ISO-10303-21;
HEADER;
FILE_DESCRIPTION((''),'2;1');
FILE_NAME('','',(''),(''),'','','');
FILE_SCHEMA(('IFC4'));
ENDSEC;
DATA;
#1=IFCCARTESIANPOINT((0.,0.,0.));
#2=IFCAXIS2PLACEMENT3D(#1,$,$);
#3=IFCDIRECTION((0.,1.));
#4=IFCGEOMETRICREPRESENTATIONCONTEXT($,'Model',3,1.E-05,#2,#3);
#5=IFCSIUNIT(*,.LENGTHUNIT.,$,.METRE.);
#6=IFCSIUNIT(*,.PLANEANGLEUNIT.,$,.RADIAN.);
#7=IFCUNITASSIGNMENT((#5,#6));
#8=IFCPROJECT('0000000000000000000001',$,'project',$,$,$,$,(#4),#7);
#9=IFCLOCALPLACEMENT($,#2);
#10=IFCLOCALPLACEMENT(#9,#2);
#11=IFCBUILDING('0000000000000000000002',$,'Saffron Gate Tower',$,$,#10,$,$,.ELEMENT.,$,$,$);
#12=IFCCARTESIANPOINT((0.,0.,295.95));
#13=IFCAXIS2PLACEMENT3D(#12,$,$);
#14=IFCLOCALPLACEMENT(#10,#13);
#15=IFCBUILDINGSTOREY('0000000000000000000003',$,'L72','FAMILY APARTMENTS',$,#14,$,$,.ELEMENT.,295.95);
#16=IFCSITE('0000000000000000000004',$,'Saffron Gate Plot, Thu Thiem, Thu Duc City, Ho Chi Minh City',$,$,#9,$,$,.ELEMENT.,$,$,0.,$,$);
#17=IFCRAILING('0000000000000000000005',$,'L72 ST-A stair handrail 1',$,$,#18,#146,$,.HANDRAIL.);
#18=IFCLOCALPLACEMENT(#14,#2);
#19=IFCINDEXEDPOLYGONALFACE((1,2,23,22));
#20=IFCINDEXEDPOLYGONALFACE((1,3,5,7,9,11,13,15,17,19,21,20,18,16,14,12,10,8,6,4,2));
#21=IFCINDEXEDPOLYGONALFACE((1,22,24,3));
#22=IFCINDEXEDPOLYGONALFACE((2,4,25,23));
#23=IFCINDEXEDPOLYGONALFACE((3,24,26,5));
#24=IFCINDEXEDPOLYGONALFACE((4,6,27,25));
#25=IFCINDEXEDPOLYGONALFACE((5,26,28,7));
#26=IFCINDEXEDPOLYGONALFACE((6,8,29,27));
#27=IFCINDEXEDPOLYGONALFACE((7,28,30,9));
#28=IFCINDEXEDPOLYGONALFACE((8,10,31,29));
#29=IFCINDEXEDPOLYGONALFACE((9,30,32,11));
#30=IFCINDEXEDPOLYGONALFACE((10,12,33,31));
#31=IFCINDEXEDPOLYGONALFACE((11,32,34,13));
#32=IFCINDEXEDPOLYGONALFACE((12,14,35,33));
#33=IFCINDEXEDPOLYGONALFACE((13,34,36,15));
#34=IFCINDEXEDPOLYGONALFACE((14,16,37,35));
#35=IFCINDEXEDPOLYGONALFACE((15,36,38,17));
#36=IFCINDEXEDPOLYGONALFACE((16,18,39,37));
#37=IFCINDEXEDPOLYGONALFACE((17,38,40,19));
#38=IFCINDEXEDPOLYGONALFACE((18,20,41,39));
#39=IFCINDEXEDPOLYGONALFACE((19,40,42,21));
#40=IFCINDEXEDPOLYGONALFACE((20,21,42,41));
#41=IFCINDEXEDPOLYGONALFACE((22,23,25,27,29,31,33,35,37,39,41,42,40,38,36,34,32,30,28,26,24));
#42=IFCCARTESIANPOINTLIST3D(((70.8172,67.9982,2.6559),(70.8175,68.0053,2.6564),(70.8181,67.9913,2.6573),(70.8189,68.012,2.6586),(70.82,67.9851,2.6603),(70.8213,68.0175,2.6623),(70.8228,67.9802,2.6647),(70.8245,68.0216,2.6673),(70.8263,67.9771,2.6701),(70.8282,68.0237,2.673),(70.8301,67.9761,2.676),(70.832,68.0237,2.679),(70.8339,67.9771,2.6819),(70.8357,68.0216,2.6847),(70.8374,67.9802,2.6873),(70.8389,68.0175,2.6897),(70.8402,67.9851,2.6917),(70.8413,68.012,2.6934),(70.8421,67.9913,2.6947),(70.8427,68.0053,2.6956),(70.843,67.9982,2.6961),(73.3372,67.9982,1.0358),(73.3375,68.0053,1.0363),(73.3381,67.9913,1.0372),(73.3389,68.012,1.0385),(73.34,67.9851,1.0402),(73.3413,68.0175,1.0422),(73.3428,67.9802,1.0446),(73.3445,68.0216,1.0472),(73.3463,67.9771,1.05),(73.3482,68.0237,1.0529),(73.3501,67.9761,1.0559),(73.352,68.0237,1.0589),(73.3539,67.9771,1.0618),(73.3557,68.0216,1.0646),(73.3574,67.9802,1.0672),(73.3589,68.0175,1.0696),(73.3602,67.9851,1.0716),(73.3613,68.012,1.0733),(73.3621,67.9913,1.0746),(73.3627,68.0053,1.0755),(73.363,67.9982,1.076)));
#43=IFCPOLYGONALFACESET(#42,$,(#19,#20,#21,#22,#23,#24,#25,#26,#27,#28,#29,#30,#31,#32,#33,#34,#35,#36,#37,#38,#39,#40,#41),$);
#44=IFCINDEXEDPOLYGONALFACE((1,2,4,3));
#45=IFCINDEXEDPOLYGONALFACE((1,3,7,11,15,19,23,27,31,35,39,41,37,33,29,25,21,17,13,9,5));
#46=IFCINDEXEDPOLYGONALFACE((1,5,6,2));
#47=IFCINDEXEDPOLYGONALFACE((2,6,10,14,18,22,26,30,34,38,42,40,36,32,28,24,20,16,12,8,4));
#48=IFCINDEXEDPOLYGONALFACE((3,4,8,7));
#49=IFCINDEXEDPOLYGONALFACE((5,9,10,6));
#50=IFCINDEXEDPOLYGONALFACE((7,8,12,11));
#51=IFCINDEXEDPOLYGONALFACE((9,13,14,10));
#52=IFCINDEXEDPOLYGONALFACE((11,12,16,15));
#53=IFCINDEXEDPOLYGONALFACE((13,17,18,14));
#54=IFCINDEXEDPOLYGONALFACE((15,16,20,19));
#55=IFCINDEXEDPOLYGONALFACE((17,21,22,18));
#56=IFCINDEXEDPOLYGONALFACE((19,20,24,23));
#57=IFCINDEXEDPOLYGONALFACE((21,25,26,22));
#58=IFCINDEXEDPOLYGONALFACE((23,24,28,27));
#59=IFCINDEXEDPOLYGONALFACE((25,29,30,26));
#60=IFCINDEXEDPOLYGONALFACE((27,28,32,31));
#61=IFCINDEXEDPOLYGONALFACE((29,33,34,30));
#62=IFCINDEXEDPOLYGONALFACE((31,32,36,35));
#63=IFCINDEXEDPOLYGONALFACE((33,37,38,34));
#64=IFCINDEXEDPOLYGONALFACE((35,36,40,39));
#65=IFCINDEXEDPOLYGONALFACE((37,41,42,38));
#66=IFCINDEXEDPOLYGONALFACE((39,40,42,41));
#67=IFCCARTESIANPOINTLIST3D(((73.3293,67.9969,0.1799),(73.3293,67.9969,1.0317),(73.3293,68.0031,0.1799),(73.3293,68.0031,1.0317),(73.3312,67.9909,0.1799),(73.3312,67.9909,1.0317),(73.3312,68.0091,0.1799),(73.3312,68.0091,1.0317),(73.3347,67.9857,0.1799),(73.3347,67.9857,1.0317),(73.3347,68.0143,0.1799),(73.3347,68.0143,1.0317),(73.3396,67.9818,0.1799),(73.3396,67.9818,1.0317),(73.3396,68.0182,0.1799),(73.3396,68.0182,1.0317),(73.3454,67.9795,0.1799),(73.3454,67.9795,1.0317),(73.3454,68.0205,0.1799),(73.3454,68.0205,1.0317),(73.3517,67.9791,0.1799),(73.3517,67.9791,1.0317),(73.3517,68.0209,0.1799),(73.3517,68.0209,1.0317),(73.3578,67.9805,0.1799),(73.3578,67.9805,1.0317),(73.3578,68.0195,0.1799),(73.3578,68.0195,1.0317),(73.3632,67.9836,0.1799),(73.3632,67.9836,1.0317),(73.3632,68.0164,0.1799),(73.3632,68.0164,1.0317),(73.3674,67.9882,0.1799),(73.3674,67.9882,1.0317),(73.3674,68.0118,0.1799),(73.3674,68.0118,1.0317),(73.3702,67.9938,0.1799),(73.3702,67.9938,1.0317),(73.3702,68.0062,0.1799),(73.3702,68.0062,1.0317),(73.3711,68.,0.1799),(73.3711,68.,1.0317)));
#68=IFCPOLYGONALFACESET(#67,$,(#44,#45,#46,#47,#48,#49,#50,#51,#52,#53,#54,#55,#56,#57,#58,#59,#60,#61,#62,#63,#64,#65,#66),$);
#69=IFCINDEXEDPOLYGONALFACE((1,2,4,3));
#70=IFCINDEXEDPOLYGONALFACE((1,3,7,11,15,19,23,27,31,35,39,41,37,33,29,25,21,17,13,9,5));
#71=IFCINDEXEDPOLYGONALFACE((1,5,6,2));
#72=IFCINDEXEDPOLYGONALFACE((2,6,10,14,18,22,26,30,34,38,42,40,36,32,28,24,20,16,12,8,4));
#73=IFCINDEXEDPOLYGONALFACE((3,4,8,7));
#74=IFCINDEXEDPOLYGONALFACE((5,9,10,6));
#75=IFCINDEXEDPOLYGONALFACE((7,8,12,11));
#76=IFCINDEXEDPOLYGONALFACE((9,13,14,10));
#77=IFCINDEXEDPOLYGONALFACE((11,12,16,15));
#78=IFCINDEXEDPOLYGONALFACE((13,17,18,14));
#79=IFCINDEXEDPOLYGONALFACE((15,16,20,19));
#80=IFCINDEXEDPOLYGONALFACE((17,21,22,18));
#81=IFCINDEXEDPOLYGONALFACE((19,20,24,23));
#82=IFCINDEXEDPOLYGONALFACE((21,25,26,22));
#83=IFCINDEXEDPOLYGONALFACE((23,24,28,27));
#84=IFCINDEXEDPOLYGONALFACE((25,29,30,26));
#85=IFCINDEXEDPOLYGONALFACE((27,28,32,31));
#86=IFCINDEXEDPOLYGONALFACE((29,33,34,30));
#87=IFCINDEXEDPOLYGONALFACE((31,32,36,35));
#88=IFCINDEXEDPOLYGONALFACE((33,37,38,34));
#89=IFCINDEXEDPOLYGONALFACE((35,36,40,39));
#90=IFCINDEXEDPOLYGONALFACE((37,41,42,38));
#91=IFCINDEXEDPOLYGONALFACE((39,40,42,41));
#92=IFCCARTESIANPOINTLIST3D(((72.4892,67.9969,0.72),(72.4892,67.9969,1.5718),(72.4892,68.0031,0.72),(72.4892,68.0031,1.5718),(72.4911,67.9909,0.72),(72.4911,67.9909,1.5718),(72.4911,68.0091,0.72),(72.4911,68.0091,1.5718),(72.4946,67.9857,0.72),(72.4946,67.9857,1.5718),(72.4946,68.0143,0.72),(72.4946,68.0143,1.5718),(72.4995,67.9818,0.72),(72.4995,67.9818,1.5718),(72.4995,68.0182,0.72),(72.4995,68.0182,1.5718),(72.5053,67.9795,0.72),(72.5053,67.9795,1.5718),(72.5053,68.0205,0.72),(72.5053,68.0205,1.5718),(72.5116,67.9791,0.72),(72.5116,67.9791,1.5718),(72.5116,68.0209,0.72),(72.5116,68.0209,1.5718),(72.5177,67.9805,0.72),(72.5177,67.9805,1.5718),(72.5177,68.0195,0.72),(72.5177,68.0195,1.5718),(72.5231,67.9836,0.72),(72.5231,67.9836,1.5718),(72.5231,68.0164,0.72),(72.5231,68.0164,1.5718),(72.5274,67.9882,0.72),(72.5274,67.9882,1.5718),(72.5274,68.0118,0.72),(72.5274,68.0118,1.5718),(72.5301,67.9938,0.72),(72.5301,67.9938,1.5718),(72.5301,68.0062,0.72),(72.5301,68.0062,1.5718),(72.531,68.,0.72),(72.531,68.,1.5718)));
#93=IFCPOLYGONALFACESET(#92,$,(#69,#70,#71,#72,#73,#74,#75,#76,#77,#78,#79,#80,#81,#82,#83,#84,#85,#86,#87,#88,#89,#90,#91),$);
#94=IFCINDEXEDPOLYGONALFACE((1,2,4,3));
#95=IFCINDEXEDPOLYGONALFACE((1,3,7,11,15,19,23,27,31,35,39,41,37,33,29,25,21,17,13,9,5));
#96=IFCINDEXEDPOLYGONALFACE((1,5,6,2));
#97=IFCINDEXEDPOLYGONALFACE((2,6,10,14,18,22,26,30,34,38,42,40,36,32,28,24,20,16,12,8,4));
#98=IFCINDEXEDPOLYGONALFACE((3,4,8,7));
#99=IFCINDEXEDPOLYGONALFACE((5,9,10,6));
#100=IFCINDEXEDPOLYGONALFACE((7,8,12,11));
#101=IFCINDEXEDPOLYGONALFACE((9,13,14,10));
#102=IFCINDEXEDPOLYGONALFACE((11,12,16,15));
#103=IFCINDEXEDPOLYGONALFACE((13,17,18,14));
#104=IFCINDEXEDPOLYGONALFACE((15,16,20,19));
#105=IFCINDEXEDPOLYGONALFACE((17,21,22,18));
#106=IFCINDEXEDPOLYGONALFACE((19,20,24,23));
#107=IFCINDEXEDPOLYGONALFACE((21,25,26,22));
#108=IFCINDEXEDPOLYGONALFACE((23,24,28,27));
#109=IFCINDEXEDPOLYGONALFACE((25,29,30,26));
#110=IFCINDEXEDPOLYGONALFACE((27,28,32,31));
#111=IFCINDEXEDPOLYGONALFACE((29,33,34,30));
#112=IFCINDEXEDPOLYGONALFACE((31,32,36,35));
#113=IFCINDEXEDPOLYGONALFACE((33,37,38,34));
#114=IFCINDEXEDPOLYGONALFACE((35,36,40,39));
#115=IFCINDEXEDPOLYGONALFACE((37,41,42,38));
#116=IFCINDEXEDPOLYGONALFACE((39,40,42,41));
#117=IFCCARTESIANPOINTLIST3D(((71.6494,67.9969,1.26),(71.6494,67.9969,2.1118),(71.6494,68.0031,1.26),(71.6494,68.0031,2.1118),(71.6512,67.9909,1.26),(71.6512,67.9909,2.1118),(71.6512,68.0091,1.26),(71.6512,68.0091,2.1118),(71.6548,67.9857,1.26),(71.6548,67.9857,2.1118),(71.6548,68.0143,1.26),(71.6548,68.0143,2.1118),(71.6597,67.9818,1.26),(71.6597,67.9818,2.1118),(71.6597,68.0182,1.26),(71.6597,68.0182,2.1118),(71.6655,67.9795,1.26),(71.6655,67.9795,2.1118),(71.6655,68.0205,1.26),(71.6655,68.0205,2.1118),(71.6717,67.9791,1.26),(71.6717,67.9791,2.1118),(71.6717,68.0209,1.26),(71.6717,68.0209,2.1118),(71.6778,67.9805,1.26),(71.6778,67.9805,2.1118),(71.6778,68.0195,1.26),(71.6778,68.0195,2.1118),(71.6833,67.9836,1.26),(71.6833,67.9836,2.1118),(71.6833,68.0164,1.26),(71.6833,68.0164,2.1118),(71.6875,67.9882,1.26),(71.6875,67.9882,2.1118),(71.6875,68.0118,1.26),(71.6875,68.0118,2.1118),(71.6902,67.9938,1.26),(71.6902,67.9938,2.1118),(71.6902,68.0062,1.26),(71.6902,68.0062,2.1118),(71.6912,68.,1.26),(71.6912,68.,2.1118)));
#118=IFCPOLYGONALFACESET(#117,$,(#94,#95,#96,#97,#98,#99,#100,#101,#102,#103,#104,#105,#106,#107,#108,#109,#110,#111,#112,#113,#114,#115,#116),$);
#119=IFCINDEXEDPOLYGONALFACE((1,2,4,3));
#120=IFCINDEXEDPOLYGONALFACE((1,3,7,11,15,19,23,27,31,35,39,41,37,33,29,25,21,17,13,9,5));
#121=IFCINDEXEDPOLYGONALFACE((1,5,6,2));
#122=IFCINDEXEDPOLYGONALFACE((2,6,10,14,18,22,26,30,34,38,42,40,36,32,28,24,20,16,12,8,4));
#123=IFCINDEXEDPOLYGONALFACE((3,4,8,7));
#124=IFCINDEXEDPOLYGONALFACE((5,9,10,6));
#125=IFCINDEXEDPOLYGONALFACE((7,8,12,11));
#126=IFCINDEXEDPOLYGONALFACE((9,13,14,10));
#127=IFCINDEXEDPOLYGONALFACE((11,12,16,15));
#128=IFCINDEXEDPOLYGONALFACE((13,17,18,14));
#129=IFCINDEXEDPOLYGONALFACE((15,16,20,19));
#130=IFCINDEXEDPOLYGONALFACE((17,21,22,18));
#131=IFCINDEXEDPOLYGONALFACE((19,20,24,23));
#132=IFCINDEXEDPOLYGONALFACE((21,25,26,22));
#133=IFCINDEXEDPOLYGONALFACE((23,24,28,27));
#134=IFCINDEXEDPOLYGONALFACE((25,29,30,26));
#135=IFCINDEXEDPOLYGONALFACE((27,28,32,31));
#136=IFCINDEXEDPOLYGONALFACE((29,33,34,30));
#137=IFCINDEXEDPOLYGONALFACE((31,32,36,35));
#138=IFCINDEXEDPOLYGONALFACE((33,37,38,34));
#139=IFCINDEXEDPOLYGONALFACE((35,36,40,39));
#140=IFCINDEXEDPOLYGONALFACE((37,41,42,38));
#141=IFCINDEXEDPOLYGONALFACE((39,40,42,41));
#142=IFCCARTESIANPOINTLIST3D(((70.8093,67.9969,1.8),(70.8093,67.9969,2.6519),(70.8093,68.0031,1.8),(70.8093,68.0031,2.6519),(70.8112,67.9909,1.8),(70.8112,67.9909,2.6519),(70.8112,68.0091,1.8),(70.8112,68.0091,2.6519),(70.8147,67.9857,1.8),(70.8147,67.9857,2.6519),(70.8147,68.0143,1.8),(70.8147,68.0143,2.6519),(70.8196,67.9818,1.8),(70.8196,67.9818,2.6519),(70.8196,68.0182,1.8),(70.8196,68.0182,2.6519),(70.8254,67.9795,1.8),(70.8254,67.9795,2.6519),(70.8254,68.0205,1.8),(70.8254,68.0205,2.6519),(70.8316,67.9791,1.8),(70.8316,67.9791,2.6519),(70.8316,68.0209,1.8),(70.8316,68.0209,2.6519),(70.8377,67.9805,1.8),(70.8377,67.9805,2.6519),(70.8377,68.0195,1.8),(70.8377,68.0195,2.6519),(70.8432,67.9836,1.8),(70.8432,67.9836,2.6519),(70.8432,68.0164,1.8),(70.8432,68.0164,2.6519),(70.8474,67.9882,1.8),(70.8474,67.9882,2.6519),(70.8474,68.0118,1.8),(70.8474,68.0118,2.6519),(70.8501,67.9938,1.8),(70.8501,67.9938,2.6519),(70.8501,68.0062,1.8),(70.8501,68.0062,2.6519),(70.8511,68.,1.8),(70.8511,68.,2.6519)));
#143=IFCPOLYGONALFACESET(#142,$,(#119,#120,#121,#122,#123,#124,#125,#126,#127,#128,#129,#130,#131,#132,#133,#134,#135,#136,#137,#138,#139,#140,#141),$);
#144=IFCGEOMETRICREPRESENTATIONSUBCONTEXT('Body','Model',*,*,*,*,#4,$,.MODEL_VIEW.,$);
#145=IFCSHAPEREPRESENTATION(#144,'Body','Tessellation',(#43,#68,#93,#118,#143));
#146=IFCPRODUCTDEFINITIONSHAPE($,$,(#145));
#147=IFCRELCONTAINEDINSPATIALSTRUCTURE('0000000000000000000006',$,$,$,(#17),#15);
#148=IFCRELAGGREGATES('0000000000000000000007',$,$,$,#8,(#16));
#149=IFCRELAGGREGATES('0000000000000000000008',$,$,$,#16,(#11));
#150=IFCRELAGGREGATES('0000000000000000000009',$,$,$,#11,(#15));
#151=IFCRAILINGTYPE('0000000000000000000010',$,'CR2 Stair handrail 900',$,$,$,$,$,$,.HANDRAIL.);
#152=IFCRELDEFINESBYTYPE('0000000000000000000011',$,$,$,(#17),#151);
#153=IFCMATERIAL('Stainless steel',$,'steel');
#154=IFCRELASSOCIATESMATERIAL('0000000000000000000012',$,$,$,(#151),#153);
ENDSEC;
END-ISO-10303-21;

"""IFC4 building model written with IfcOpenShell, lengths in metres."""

from ifc_helpers import new_model, si_unit, direction, frame, origin, origin_2d, place, context, subcontext, project, spatial, circle, extrude, material, type_object, element, save


model = new_model("IFC4")

# Units and contexts
model_context = context("Model", 3, precision=1e-05, world=origin(), true_north=direction((0.0, 1.0)))
body_context = subcontext(model_context, "Body", "Model", "MODEL_VIEW")
ifc_project = project(units=[si_unit("LENGTHUNIT", "METRE"), si_unit("PLANEANGLEUNIT", "RADIAN")], contexts=[model_context])

# Site, building, storey
site_placement = place(None, origin())
site = spatial("IfcSite", under=ifc_project, at=site_placement, Name="Saffron Gate Plot, Thu Thiem, Thu Duc City, Ho Chi Minh City", CompositionType="ELEMENT", RefElevation=0.0)
building_placement = place(site_placement, origin())
building = spatial("IfcBuilding", under=site, at=building_placement, Name="Saffron Gate Tower", CompositionType="ELEMENT")
storey_placement = place(building_placement, frame((0.0, 0.0, 295.95)))
storey = spatial("IfcBuildingStorey", under=building, at=storey_placement, Name="L72", Description="FAMILY APARTMENTS", CompositionType="ELEMENT", Elevation=295.95)

# Railing
ifc_material_1 = material(Name="Stainless steel", Category="steel")
railing_type_1 = type_object("IfcRailingType", Name="CR2 Stair handrail 900", PredefinedType="HANDRAIL", material=ifc_material_1)
railing_1_placement = place(storey_placement, frame((73.3501, 68.0, 0.1799)))
element("IfcRailing", 1, at=railing_1_placement, inside=storey, type_object=railing_type_1, Name="L72 ST-A stair handrail 1", PredefinedType="HANDRAIL", context=body_context, shape_type="SweptSolid", body=[
    extrude(circle(Radius=0.0239, at=origin_2d()), frame((0.0, 0.0, 0.876), z_axis=(-0.841163, 0.0, 0.540782), x_axis=(0.0, -1.0, 0.0)), (0.0, 0.0, 1.0), 2.9958),
    extrude(circle(Radius=0.021, at=origin_2d()), origin(), (0.0, 0.0, 1.0), 0.8518),
    extrude(circle(Radius=0.021, at=origin_2d()), frame((-0.8401, 0.0, 0.54)), (0.0, 0.0, 1.0), 0.8518),
    extrude(circle(Radius=0.021, at=origin_2d()), frame((-1.6799, 0.0, 1.0801)), (0.0, 0.0, 1.0), 0.8518),
    extrude(circle(Radius=0.021, at=origin_2d()), frame((-2.52, 0.0, 1.6201)), (0.0, 0.0, 1.0), 0.8518),
])

save(model, "model.ifc")
